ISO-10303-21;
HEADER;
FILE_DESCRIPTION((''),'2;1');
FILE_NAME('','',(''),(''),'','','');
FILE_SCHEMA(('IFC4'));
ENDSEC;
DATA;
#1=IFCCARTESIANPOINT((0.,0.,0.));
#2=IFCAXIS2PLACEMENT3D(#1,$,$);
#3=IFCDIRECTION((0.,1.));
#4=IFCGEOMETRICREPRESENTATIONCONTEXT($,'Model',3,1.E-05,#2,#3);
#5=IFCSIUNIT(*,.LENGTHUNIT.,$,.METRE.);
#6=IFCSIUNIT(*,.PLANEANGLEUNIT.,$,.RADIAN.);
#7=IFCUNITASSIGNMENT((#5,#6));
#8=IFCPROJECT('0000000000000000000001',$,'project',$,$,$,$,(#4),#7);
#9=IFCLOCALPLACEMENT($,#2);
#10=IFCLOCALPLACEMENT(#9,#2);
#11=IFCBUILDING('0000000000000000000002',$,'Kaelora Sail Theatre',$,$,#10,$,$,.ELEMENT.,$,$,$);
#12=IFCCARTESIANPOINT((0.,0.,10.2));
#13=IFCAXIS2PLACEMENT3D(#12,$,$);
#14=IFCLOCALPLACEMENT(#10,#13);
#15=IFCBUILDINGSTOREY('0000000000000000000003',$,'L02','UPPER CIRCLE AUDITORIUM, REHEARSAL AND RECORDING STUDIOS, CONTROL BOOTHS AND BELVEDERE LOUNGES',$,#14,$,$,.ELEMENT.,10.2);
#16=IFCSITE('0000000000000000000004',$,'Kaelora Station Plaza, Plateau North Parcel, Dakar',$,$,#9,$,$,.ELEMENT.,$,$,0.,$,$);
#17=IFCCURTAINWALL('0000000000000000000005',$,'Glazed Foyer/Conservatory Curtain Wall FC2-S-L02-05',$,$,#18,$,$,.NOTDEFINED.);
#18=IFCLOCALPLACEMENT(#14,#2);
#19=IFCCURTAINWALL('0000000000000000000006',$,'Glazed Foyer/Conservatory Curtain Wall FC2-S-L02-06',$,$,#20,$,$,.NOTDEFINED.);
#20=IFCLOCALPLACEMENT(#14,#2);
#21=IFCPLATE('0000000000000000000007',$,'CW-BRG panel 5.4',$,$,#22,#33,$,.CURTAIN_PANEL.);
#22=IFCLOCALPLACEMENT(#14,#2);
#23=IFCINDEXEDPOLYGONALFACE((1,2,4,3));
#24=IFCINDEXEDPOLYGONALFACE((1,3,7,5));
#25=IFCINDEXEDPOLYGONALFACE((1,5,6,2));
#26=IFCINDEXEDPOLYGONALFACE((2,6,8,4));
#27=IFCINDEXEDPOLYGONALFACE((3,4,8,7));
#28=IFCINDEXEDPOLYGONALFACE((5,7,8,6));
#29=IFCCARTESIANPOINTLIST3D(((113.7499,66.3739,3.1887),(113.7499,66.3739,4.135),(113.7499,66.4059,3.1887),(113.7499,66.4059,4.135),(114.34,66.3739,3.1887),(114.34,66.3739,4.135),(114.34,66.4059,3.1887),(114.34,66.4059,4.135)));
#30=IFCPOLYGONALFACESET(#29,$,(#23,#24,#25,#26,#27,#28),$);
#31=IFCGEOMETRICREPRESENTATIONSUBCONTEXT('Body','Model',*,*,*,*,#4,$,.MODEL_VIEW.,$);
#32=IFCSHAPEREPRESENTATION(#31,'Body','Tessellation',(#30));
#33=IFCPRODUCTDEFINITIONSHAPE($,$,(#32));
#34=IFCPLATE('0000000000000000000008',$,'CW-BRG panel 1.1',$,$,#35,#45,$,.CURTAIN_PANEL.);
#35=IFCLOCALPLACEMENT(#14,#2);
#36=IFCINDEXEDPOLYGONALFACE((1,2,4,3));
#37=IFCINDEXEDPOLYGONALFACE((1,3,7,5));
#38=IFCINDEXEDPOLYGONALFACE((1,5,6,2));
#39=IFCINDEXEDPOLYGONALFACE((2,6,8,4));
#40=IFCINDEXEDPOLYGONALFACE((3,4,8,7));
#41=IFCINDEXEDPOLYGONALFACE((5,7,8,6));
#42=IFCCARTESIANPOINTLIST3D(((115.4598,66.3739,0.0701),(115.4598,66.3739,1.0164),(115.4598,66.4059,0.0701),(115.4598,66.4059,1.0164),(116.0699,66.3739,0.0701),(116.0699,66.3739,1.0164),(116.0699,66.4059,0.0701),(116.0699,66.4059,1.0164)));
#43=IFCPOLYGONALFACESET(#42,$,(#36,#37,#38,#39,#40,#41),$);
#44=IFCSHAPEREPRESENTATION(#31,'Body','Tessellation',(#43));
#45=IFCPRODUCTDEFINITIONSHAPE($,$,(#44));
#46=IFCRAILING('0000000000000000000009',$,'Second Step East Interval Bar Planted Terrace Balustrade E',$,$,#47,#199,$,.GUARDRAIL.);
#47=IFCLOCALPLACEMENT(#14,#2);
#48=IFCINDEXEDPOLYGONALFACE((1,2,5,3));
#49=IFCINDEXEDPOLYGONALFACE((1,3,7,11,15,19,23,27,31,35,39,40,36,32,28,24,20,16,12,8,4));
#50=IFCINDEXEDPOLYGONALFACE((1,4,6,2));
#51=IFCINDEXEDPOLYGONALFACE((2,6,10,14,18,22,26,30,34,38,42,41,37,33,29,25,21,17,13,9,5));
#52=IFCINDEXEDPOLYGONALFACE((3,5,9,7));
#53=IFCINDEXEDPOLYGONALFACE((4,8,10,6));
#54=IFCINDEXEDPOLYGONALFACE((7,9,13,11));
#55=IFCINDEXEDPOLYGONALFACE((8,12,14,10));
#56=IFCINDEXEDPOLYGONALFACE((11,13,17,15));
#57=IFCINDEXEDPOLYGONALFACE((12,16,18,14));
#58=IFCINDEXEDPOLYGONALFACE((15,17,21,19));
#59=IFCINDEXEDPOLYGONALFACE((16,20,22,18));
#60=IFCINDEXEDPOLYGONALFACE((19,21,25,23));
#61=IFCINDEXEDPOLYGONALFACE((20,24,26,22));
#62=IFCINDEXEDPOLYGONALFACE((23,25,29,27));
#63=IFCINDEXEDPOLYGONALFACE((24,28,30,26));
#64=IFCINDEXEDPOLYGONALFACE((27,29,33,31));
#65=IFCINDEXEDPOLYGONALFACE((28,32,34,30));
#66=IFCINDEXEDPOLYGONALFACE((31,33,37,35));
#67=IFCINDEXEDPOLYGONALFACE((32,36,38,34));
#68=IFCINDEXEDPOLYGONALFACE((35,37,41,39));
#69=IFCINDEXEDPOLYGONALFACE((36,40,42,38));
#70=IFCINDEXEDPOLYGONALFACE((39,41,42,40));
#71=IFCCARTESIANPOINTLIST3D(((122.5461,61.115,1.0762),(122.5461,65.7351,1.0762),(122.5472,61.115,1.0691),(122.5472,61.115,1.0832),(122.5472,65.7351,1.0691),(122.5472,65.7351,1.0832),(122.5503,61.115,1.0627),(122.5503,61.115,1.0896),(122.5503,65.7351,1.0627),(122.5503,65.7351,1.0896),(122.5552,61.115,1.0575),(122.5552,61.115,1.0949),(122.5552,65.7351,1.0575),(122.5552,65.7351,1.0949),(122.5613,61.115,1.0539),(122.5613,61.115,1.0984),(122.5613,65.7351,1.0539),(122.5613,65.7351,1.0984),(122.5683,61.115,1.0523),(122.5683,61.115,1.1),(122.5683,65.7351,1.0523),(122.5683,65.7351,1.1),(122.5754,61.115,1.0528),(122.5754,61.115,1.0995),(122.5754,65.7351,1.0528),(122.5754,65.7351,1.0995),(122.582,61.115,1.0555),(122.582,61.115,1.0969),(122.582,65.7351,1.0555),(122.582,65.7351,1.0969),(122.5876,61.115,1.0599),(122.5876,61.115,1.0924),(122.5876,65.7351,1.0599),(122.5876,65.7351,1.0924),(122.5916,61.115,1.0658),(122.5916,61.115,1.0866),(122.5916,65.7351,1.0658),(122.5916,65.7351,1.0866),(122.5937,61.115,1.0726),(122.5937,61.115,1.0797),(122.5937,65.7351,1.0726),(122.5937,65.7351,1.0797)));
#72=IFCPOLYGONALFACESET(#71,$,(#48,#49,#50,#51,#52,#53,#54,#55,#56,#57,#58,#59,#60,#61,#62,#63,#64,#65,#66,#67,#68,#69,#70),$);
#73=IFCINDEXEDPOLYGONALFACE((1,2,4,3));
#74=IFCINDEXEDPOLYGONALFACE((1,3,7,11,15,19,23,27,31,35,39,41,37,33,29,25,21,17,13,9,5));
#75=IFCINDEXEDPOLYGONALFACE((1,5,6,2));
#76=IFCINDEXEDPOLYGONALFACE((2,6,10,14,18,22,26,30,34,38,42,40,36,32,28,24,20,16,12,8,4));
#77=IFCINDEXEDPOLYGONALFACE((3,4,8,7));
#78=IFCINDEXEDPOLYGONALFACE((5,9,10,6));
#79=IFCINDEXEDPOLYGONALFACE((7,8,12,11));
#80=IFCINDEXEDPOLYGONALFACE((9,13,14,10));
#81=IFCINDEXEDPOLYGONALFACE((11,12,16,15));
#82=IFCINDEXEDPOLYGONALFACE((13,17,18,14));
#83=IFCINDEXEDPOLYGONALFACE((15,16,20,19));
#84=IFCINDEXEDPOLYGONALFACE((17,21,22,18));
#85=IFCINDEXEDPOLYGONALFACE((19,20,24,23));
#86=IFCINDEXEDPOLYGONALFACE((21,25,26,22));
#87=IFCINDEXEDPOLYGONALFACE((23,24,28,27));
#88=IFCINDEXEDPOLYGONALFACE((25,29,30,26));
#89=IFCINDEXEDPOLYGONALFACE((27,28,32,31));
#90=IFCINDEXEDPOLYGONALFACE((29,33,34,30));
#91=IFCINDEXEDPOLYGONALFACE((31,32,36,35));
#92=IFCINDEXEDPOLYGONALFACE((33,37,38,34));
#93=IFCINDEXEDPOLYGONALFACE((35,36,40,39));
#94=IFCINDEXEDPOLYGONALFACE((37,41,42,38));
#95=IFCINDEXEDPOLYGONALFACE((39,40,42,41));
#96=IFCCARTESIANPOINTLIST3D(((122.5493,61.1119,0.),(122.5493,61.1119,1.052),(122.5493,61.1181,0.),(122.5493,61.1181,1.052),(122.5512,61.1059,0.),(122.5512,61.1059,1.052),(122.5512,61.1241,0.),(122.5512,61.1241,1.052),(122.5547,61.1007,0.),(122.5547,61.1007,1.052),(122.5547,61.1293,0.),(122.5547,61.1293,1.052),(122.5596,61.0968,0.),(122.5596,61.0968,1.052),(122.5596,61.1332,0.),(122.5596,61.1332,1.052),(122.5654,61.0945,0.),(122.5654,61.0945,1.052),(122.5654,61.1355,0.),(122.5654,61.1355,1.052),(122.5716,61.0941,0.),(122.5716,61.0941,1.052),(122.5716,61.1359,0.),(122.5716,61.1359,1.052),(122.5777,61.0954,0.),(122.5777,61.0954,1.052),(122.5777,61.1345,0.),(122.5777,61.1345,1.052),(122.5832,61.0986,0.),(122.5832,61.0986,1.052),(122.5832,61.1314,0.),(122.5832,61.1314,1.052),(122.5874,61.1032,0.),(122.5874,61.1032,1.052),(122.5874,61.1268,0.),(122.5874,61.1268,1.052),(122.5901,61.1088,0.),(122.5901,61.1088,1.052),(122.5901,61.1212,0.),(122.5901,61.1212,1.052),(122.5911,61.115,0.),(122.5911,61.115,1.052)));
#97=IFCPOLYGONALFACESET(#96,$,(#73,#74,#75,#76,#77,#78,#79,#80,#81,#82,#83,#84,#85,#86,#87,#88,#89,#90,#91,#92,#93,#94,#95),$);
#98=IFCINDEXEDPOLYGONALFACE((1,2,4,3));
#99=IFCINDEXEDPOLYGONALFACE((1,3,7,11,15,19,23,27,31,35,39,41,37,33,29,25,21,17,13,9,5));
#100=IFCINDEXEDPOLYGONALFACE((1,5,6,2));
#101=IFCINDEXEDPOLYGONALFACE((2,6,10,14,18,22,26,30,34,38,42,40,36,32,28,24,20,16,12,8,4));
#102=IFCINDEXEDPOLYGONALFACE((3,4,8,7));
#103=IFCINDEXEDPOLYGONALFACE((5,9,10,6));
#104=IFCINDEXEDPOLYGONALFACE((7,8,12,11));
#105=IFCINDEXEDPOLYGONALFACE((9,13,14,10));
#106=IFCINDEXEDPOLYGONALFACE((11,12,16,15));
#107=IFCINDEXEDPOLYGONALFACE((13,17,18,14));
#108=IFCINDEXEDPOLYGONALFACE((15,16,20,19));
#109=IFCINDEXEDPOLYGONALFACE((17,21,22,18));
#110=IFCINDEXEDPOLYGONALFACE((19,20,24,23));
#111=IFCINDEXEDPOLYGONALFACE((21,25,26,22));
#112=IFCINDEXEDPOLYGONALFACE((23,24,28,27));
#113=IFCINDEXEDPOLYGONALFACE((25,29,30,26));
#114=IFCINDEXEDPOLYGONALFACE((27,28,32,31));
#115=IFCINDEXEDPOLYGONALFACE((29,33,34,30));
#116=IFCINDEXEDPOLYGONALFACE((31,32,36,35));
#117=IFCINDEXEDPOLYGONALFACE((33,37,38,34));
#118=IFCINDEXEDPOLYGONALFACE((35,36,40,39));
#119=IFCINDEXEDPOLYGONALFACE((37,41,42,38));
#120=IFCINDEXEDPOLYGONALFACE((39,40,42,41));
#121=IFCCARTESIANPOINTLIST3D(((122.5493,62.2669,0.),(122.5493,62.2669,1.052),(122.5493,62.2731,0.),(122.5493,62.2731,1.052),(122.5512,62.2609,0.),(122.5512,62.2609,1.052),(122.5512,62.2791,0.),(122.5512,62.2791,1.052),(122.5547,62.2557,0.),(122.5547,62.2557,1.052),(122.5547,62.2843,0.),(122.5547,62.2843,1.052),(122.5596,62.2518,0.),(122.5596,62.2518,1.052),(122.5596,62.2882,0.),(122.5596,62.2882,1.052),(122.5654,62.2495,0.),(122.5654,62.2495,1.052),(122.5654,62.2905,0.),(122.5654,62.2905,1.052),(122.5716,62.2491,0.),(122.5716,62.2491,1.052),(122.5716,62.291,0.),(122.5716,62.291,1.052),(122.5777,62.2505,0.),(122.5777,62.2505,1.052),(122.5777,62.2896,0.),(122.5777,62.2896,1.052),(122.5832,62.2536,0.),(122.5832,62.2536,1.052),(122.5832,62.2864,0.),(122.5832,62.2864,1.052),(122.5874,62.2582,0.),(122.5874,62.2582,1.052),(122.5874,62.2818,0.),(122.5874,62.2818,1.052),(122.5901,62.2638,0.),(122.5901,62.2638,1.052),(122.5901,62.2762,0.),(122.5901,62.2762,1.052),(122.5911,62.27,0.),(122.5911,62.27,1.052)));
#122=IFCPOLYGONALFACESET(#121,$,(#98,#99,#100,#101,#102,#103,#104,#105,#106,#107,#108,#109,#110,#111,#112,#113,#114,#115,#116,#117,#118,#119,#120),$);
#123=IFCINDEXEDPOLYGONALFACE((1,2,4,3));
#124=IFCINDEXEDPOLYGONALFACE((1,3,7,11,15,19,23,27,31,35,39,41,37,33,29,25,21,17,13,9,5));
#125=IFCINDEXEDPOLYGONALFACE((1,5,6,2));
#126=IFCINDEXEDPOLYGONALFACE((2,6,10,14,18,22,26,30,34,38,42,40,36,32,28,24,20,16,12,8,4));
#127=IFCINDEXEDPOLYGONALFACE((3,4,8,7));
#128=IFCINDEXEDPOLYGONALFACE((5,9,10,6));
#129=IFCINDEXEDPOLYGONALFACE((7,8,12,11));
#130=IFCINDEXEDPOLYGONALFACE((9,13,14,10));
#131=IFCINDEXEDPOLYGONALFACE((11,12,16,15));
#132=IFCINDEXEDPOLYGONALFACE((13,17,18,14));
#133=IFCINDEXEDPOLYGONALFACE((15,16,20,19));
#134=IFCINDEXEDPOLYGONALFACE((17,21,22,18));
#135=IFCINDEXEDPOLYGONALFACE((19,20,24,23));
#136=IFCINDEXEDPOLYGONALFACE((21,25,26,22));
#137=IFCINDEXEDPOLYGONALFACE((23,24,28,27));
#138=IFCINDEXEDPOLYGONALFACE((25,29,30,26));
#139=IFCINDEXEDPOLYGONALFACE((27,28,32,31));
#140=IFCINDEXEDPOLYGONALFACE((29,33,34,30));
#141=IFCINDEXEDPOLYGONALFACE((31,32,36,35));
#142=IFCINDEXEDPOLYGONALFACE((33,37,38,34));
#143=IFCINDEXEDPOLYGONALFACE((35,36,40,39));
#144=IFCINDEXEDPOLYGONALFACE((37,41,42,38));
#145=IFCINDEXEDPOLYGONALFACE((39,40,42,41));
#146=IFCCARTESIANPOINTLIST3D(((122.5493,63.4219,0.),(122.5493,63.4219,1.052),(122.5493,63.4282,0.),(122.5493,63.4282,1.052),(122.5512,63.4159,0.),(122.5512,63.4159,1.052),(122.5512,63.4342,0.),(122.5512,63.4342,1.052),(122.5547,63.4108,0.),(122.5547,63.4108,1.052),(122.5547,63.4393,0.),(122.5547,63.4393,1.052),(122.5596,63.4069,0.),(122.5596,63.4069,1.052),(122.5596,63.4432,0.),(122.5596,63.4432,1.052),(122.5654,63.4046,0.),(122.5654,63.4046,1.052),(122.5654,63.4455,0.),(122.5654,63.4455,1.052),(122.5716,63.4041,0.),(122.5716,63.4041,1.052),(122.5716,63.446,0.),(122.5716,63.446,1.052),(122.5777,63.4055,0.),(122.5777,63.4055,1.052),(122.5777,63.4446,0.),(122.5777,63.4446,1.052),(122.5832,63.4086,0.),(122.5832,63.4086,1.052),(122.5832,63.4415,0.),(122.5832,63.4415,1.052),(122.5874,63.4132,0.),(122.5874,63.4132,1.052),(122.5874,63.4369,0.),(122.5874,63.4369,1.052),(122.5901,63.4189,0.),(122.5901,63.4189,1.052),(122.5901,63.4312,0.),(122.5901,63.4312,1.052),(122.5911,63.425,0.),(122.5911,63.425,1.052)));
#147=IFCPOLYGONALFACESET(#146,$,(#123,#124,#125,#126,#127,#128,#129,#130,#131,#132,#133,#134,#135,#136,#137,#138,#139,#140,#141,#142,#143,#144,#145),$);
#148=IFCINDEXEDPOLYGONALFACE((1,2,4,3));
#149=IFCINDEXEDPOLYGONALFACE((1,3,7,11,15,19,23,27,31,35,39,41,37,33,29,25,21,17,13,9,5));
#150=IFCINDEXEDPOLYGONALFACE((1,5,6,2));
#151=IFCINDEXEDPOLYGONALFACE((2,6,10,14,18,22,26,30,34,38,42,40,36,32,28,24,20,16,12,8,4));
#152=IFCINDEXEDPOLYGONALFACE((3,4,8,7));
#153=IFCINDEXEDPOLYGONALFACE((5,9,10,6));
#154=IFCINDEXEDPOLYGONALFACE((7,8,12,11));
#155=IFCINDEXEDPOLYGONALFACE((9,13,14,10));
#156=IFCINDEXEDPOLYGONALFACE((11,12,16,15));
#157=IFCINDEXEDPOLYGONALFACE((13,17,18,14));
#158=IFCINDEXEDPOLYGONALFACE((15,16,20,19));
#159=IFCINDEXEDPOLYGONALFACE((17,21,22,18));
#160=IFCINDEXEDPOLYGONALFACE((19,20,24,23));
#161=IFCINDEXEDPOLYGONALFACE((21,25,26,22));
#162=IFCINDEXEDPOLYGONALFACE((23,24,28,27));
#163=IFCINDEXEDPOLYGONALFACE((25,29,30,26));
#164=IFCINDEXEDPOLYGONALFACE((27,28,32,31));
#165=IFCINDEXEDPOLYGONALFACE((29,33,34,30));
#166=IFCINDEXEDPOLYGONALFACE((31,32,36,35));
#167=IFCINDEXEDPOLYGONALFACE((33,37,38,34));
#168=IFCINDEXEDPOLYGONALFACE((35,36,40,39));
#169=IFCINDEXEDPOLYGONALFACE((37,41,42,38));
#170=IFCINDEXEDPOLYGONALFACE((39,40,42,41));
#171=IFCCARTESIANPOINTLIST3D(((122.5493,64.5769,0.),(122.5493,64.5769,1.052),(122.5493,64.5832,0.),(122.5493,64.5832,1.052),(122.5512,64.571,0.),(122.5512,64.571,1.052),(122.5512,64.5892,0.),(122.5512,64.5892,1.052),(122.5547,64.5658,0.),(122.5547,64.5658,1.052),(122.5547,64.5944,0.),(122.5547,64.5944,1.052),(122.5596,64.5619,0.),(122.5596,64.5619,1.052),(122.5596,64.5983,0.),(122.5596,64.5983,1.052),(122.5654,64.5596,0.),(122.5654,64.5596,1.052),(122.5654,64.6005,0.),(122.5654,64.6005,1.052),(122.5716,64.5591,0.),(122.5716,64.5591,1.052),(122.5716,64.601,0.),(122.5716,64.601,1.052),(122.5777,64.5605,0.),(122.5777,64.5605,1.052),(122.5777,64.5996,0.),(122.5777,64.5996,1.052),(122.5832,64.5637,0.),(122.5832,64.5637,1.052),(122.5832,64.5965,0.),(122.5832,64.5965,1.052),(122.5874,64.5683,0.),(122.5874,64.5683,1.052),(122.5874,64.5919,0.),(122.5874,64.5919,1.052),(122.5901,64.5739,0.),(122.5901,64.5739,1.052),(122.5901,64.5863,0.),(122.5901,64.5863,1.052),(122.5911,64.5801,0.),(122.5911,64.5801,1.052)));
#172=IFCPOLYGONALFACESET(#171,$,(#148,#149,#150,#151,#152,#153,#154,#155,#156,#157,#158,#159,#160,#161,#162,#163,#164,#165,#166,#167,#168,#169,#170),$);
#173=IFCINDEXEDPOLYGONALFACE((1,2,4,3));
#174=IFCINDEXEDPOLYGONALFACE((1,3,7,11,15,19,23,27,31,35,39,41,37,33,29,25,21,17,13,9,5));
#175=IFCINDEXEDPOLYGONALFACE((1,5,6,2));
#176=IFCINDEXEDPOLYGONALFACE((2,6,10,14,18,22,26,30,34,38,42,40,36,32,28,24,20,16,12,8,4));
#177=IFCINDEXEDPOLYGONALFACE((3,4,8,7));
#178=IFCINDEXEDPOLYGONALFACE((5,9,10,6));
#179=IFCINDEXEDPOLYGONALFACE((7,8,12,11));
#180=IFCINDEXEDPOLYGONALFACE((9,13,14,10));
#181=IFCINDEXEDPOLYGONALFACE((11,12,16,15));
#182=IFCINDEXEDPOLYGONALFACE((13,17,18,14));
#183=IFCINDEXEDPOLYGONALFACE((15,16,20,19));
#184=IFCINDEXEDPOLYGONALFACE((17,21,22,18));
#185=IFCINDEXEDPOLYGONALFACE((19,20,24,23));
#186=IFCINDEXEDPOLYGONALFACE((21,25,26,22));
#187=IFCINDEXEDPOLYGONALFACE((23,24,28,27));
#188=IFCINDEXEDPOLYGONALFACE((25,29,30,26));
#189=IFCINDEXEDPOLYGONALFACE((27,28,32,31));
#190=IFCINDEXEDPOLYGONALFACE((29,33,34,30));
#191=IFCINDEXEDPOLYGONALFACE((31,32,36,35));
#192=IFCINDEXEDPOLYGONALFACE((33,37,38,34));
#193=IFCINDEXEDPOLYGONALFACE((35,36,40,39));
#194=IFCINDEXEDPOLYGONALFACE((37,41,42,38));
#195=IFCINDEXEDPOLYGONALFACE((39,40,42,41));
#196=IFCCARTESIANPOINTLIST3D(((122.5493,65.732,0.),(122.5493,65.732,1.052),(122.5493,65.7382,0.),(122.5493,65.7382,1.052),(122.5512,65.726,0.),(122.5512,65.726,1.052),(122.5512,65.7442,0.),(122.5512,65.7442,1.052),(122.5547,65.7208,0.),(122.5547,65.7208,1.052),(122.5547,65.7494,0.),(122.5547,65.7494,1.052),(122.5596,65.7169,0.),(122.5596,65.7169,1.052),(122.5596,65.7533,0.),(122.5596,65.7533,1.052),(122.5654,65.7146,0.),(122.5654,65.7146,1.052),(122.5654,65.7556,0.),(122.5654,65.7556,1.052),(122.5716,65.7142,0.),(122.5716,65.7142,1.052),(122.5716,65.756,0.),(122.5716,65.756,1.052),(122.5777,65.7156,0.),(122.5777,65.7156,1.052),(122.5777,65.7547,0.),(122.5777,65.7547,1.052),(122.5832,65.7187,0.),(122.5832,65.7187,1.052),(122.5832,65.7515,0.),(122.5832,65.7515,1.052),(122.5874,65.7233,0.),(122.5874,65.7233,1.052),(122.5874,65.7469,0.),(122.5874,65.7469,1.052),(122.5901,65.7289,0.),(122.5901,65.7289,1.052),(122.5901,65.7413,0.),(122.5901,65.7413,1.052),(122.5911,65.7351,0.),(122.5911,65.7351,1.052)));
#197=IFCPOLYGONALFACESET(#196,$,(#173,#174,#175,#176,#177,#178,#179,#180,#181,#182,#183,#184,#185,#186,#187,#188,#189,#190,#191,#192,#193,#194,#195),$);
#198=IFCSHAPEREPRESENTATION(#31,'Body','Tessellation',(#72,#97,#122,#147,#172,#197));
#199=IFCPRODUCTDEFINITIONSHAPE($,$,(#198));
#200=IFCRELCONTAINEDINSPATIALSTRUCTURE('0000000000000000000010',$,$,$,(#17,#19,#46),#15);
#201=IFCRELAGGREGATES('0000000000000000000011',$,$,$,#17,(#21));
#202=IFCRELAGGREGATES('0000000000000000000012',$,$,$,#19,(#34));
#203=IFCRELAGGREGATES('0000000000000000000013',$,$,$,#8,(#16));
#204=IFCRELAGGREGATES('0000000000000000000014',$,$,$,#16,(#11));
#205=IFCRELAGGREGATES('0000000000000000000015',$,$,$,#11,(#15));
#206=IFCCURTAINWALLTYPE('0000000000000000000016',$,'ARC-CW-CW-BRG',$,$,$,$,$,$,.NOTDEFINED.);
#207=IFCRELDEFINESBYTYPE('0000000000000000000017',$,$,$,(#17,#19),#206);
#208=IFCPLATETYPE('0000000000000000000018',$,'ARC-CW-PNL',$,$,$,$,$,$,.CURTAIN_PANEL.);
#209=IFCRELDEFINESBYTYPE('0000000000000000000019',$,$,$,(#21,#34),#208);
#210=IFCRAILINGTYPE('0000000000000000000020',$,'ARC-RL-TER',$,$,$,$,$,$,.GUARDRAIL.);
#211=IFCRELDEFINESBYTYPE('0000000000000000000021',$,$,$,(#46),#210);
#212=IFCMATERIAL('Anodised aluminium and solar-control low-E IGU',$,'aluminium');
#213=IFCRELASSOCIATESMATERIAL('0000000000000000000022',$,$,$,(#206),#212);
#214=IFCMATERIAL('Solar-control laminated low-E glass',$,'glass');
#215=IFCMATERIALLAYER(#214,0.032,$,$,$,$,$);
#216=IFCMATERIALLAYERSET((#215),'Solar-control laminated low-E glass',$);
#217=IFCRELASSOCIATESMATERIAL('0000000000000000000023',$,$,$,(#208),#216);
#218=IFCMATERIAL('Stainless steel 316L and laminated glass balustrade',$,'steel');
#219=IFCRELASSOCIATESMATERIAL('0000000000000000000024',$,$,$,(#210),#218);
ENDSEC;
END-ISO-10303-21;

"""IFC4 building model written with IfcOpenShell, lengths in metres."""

from ifc_helpers import new_model, si_unit, direction, frame, origin, origin_2d, place, context, subcontext, project, spatial, rectangle, circle, extrude, material, layer, layer_set, type_object, element, aggregate, save


model = new_model("IFC4")

# Units and contexts
model_context = context("Model", 3, precision=1e-05, world=origin(), true_north=direction((0.0, 1.0)))
body_context = subcontext(model_context, "Body", "Model", "MODEL_VIEW")
ifc_project = project(units=[si_unit("LENGTHUNIT", "METRE"), si_unit("PLANEANGLEUNIT", "RADIAN")], contexts=[model_context])

# Site, building, storey
site_placement = place(None, origin())
site = spatial("IfcSite", under=ifc_project, at=site_placement, Name="Kaelora Station Plaza, Plateau North Parcel, Dakar", CompositionType="ELEMENT", RefElevation=0.0)
building_placement = place(site_placement, origin())
building = spatial("IfcBuilding", under=site, at=building_placement, Name="Kaelora Sail Theatre", CompositionType="ELEMENT")
storey_placement = place(building_placement, frame((0.0, 0.0, 10.2)))
storey = spatial("IfcBuildingStorey", under=building, at=storey_placement, Name="L02", Description="UPPER CIRCLE AUDITORIUM, REHEARSAL AND RECORDING STUDIOS, CONTROL BOOTHS AND BELVEDERE LOUNGES", CompositionType="ELEMENT", Elevation=10.2)

# Curtain walls
ifc_material_1 = material(Name="Anodised aluminium and solar-control low-E IGU", Category="aluminium")
curtain_wall_type = type_object("IfcCurtainWallType", Name="ARC-CW-CW-BRG", PredefinedType="NOTDEFINED", material=ifc_material_1)
curtain_wall_1_placement = place(storey_placement, origin())
curtain_wall_1 = element("IfcCurtainWall", 1, at=curtain_wall_1_placement, inside=storey, type_object=curtain_wall_type, Name="Glazed Foyer/Conservatory Curtain Wall FC2-S-L02-05", PredefinedType="NOTDEFINED")
curtain_wall_2_placement = place(storey_placement, origin())
curtain_wall_2 = element("IfcCurtainWall", 2, at=curtain_wall_2_placement, inside=storey, type_object=curtain_wall_type, Name="Glazed Foyer/Conservatory Curtain Wall FC2-S-L02-06", PredefinedType="NOTDEFINED")

# Plates
ifc_material_2 = material(Name="Solar-control laminated low-E glass", Category="glass")
ifc_layer = layer(ifc_material_2, 0.032)
ifc_layer_set = layer_set([ifc_layer], Name="Solar-control laminated low-E glass")
plate_type = type_object("IfcPlateType", Name="ARC-CW-PNL", PredefinedType="CURTAIN_PANEL", material=ifc_layer_set)
plate_1_placement = place(storey_placement, frame((114.0449, 66.3899, 3.1887), z_axis=(0.0, 0.0, 1.0), x_axis=(1.0, 0.0, 0.0)))
plate_1 = element("IfcPlate", 3, at=plate_1_placement, type_object=plate_type, Name="CW-BRG panel 5.4", PredefinedType="CURTAIN_PANEL", context=body_context, shape_type="SweptSolid", body=[
    extrude(rectangle(XDim=0.5901, YDim=0.032, at=origin_2d()), origin(), (0.0, 0.0, 1.0), 0.9463),
])
aggregate(curtain_wall_1, [plate_1])
plate_2_placement = place(storey_placement, frame((115.7649, 66.3899, 0.0701), z_axis=(0.0, 0.0, 1.0), x_axis=(1.0, 0.0, 0.0)))
plate_2 = element("IfcPlate", 4, at=plate_2_placement, type_object=plate_type, Name="CW-BRG panel 1.1", PredefinedType="CURTAIN_PANEL", context=body_context, shape_type="SweptSolid", body=[
    extrude(rectangle(XDim=0.6101, YDim=0.032, at=origin_2d()), origin(), (0.0, 0.0, 1.0), 0.9463),
])
aggregate(curtain_wall_2, [plate_2])

# Railing
ifc_material_3 = material(Name="Stainless steel 316L and laminated glass balustrade", Category="steel")
railing_type = type_object("IfcRailingType", Name="ARC-RL-TER", PredefinedType="GUARDRAIL", material=ifc_material_3)
railing_placement = place(storey_placement, frame((122.5701, 61.115, 0.0)))
element("IfcRailing", 5, at=railing_placement, inside=storey, type_object=railing_type, Name="Second Step East Interval Bar Planted Terrace Balustrade E", PredefinedType="GUARDRAIL", context=body_context, shape_type="SweptSolid", body=[
    extrude(circle(Radius=0.0239, at=origin_2d()), frame((0.0, 0.0, 1.0762), z_axis=(0.0, 1.0, 0.0), x_axis=(-1.0, 0.0, 0.0)), (0.0, 0.0, 1.0), 4.6201),
    extrude(circle(Radius=0.021, at=origin_2d()), origin(), (0.0, 0.0, 1.0), 1.052),
    extrude(circle(Radius=0.021, at=origin_2d()), frame((0.0, 1.155, 0.0)), (0.0, 0.0, 1.0), 1.052),
    extrude(circle(Radius=0.021, at=origin_2d()), frame((0.0, 2.3101, 0.0)), (0.0, 0.0, 1.0), 1.052),
    extrude(circle(Radius=0.021, at=origin_2d()), frame((0.0, 3.4651, 0.0)), (0.0, 0.0, 1.0), 1.052),
    extrude(circle(Radius=0.021, at=origin_2d()), frame((0.0, 4.6201, 0.0)), (0.0, 0.0, 1.0), 1.052),
])

save(model, "model.ifc")
